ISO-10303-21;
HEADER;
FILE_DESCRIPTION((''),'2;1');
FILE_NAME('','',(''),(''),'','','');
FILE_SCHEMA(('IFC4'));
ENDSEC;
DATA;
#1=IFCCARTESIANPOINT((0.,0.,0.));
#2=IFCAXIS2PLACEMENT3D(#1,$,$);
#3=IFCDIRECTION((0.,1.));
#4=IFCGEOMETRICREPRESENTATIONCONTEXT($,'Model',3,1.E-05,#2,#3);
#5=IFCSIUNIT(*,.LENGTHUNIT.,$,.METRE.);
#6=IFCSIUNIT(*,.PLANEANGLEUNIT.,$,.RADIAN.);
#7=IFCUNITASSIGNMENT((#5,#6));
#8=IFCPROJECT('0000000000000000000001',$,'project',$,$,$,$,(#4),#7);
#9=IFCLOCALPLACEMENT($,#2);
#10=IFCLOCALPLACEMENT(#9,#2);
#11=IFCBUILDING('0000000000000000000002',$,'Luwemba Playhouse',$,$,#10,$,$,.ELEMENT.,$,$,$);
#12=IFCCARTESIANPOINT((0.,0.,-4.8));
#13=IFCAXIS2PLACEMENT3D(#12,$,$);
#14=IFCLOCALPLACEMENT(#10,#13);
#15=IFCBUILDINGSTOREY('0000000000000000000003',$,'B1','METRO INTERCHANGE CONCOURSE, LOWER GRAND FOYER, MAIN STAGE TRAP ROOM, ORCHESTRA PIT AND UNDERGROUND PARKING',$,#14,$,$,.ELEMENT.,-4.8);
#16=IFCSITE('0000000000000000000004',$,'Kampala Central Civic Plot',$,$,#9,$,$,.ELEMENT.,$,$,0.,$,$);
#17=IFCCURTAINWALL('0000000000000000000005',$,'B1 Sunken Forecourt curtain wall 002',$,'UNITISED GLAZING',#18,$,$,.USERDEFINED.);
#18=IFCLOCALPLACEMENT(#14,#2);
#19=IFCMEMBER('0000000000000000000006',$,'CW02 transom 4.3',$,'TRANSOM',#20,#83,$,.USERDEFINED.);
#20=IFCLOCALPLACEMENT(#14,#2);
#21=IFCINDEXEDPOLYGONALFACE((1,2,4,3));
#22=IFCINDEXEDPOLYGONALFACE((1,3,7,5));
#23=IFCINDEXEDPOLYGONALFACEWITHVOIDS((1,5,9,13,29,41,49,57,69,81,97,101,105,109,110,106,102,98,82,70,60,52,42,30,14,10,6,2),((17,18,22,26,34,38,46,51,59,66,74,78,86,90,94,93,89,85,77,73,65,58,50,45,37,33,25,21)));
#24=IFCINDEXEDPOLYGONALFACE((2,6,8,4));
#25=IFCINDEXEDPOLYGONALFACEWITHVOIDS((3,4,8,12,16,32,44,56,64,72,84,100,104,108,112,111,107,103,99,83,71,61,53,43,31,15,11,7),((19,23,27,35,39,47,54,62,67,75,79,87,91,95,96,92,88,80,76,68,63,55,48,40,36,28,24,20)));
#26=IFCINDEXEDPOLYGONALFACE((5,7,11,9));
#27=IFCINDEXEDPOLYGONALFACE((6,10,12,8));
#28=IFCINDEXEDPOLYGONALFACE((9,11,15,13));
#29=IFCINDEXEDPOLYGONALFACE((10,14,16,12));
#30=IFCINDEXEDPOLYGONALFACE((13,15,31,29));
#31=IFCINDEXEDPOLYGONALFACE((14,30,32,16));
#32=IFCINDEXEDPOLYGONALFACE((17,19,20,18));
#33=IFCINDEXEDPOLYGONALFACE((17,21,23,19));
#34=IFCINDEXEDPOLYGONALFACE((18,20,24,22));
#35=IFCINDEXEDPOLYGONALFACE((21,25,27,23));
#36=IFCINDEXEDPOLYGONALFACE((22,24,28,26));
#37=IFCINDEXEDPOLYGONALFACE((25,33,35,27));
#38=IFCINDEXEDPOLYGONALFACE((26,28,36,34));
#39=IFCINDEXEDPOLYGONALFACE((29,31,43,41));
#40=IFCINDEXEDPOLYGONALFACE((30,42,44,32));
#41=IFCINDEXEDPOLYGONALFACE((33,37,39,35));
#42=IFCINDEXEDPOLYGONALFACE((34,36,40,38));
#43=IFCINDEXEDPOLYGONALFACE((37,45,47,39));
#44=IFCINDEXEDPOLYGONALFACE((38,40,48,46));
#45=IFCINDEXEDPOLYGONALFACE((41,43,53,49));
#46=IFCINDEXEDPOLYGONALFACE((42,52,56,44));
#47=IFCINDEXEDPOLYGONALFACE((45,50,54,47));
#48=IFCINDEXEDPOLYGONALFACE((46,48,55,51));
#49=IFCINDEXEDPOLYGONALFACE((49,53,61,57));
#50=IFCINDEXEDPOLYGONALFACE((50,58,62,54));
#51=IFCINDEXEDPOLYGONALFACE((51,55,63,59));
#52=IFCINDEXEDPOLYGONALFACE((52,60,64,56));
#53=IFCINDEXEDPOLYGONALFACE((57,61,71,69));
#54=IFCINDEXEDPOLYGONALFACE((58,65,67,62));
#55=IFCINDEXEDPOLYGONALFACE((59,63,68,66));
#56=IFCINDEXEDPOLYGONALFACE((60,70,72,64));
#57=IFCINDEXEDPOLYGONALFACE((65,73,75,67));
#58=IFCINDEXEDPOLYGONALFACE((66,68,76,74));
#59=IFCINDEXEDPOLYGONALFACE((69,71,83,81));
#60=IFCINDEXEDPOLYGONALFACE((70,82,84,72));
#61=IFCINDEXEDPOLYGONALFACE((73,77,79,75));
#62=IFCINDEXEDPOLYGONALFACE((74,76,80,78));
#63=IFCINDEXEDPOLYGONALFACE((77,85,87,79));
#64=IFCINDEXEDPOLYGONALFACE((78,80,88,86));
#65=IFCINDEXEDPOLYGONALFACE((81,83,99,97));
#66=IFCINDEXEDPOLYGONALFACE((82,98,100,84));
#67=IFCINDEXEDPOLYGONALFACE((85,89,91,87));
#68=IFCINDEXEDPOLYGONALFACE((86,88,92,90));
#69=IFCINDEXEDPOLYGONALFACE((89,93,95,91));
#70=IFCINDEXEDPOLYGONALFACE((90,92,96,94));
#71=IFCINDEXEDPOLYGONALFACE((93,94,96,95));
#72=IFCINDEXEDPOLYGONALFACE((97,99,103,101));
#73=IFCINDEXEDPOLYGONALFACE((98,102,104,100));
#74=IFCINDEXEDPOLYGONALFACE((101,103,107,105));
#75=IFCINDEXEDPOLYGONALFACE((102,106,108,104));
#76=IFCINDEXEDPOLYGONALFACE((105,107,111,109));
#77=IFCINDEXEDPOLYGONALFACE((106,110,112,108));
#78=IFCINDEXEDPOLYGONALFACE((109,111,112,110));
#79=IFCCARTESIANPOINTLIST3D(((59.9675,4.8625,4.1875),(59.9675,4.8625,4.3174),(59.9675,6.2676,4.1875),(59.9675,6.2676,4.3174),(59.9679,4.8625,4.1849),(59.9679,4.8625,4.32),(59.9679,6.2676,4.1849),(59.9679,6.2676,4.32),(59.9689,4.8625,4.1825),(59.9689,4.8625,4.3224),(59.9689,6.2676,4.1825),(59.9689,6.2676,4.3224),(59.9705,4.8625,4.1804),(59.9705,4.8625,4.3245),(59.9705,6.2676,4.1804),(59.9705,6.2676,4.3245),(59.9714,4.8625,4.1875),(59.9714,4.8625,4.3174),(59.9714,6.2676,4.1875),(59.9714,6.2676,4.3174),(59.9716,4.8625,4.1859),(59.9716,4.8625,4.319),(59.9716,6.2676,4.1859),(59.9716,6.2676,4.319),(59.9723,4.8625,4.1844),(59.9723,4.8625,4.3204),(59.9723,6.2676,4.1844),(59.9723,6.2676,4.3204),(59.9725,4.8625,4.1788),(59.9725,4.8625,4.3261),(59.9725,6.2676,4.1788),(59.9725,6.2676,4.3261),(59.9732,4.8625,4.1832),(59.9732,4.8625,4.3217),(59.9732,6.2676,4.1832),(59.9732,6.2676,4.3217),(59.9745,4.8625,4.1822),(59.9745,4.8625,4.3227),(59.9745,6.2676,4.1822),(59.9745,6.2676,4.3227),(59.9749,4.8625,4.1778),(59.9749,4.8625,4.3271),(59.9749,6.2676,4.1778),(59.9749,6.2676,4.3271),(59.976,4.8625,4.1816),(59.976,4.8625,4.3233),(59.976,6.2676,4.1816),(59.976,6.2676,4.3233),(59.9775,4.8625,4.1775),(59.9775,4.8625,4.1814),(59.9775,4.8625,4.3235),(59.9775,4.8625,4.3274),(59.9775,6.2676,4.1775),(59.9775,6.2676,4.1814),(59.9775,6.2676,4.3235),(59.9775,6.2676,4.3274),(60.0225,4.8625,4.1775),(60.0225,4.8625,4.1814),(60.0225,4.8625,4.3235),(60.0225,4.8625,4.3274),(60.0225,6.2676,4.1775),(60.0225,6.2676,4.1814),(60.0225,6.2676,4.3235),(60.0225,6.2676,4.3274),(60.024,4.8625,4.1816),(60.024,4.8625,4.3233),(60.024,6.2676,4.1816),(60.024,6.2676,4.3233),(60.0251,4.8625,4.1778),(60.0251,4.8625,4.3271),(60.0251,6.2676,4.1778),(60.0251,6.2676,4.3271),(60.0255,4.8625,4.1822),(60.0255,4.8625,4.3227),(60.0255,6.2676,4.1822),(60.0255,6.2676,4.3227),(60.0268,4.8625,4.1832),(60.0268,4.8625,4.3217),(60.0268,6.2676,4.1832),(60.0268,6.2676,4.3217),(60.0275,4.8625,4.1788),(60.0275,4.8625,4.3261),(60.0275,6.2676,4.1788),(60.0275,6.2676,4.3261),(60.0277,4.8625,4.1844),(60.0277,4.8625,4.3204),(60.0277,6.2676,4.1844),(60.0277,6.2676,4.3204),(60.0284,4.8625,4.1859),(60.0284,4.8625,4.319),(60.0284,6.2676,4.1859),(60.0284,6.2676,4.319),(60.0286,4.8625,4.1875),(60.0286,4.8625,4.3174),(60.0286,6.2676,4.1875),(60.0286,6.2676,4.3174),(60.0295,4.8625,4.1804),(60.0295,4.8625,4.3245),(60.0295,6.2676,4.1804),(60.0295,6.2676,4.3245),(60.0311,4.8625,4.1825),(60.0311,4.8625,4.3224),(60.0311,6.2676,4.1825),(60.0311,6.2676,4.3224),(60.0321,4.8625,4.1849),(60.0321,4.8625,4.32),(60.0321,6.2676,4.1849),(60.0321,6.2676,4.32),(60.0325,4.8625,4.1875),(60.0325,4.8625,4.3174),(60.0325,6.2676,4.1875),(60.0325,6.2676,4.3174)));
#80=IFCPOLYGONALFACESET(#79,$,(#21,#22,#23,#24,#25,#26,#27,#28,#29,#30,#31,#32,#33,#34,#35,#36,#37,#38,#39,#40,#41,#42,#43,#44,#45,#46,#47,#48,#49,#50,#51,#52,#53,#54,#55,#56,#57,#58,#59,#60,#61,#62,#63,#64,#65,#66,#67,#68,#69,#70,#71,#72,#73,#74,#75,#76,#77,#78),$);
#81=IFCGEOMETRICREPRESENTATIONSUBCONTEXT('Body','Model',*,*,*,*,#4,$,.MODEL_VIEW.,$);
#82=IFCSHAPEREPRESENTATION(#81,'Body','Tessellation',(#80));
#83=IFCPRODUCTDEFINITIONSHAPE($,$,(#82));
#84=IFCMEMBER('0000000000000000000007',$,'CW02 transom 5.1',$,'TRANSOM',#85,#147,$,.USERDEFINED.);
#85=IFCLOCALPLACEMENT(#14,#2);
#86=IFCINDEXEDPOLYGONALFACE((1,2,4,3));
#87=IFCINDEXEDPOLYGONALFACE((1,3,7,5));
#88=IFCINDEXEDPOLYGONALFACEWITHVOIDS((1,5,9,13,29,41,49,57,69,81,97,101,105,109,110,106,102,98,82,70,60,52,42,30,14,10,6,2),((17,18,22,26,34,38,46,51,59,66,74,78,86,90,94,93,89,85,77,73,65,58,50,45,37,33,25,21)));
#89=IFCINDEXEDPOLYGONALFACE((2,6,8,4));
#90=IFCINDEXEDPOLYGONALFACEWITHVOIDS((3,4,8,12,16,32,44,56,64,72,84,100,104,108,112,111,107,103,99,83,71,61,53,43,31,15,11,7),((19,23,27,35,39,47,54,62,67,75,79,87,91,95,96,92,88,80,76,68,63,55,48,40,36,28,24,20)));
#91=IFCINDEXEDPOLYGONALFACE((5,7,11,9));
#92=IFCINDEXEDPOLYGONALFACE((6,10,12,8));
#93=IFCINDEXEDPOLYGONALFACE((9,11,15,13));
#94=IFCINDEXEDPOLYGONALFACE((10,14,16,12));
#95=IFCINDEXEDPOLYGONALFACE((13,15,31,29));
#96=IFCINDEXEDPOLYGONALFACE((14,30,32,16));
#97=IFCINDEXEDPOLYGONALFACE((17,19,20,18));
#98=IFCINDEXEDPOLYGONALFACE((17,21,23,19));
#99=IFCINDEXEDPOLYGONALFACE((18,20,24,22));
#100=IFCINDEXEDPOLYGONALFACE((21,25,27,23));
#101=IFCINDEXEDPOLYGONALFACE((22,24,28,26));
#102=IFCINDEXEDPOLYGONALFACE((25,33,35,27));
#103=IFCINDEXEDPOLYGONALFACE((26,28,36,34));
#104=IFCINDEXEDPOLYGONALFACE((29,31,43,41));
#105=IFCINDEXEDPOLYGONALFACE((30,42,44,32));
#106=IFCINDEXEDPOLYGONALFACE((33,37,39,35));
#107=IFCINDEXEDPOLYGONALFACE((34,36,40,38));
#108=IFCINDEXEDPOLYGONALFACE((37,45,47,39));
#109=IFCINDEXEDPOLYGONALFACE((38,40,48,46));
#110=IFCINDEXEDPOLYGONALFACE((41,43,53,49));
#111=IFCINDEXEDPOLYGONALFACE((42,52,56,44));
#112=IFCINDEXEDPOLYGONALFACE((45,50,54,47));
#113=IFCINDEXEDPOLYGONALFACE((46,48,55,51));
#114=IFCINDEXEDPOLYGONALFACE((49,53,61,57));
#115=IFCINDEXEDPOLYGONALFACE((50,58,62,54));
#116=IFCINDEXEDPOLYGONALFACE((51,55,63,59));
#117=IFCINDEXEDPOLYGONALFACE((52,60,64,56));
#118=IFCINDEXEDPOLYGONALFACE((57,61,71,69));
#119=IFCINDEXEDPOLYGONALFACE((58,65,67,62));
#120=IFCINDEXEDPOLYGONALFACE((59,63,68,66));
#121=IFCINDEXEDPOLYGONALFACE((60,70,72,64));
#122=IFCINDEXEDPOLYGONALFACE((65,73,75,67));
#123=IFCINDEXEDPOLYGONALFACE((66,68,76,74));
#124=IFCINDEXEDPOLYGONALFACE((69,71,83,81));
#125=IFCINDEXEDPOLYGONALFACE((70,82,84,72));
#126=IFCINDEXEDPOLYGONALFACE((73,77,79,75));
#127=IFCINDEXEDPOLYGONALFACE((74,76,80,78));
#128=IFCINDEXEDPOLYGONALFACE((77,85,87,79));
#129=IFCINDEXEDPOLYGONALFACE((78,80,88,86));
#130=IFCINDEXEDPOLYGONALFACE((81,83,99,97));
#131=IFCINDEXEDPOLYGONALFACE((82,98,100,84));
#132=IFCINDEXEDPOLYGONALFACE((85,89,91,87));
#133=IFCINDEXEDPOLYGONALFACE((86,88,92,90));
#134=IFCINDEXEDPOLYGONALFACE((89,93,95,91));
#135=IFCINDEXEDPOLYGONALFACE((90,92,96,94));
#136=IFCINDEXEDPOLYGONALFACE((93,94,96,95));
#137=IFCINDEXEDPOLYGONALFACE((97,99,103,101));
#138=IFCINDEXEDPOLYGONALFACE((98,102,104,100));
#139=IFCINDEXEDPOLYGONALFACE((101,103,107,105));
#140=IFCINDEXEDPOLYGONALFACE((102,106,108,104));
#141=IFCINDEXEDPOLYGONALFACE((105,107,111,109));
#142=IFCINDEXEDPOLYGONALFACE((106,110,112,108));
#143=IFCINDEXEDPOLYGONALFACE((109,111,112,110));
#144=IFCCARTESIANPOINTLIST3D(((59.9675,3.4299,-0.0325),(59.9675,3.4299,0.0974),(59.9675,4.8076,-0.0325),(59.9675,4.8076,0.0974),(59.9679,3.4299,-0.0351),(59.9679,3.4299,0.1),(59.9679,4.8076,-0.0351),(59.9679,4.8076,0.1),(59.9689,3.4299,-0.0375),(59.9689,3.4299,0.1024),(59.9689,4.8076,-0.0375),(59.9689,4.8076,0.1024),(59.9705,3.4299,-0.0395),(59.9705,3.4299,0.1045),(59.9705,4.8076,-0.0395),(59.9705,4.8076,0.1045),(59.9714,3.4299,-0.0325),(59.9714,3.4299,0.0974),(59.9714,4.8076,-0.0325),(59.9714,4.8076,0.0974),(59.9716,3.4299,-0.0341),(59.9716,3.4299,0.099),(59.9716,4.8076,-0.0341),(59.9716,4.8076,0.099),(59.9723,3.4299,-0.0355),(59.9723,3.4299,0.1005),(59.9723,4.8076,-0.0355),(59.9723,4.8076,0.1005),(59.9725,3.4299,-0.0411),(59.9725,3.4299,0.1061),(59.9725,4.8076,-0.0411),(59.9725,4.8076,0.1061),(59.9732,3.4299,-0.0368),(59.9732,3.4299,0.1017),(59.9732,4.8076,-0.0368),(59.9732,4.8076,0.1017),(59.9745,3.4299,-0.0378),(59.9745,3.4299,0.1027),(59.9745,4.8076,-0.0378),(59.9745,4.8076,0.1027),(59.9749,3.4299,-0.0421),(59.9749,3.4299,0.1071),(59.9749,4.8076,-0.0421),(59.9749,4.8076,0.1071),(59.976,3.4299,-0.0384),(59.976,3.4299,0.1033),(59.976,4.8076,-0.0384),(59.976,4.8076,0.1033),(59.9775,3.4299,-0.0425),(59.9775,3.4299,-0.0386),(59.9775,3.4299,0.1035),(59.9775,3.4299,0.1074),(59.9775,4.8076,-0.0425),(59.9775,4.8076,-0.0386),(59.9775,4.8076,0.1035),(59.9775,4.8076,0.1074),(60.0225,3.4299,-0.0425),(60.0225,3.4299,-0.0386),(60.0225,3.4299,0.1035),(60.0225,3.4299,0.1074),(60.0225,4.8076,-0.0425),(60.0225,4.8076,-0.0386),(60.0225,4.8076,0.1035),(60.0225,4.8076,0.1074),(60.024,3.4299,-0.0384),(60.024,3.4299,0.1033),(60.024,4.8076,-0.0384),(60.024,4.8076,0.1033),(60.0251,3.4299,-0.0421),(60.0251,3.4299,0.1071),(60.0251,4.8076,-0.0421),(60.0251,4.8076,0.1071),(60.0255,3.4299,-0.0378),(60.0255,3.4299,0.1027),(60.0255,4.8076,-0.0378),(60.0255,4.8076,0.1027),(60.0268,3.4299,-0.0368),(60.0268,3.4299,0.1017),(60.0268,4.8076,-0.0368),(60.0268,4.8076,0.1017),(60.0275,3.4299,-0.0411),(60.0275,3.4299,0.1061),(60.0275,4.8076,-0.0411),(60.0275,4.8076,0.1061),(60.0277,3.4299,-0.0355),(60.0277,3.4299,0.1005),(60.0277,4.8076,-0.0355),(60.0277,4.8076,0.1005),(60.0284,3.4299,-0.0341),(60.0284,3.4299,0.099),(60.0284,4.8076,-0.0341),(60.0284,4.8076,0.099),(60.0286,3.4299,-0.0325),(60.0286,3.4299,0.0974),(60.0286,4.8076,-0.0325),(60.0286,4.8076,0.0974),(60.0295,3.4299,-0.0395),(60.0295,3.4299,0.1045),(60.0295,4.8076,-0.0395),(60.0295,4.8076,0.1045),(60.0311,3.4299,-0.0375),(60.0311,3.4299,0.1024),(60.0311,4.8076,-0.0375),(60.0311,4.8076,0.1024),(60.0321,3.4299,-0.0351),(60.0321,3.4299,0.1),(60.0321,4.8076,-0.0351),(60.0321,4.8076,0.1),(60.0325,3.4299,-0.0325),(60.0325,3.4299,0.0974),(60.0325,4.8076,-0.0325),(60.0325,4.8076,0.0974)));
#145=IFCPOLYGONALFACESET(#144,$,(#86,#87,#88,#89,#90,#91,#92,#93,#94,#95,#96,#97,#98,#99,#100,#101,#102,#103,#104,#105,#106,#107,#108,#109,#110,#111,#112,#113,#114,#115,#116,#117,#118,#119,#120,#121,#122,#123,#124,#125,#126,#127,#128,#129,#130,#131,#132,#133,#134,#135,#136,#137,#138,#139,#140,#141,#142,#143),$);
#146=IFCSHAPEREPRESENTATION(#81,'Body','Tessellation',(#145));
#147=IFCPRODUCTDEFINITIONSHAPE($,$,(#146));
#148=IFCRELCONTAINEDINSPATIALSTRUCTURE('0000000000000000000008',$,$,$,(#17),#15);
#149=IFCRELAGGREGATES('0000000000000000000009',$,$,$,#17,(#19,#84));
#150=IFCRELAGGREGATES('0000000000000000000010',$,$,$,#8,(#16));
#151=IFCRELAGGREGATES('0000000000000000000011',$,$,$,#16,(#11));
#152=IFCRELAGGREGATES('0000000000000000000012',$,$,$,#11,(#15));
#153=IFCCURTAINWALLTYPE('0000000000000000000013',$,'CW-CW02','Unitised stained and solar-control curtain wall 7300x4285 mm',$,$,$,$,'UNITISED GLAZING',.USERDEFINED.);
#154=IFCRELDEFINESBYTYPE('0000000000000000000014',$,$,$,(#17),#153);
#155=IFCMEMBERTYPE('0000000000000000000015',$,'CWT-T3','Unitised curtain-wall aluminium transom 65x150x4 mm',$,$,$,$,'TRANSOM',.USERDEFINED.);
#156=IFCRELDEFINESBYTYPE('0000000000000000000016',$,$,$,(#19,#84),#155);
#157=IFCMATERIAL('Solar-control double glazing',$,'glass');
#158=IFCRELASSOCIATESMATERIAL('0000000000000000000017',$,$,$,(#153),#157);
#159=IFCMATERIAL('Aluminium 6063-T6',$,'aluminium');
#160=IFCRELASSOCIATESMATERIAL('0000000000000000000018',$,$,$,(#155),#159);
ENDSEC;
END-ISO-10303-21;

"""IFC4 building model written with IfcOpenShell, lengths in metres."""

from ifc_helpers import new_model, si_unit, direction, frame, origin, origin_2d, place, context, subcontext, project, spatial, hollow_rectangle, extrude, material, material_profile, profile_set, type_object, element, aggregate, save


model = new_model("IFC4")

# Units and contexts
model_context = context("Model", 3, precision=1e-05, world=origin(), true_north=direction((0.0, 1.0)))
body_context = subcontext(model_context, "Body", "Model", "MODEL_VIEW")
ifc_project = project(units=[si_unit("LENGTHUNIT", "METRE"), si_unit("PLANEANGLEUNIT", "RADIAN")], contexts=[model_context])

# Site, building, storey
site_placement = place(None, origin())
site = spatial("IfcSite", under=ifc_project, at=site_placement, Name="Kampala Central Civic Plot", CompositionType="ELEMENT", RefElevation=0.0)
building_placement = place(site_placement, origin())
building = spatial("IfcBuilding", under=site, at=building_placement, Name="Luwemba Playhouse", CompositionType="ELEMENT")
storey_placement = place(building_placement, frame((0.0, 0.0, -4.8)))
storey = spatial("IfcBuildingStorey", under=building, at=storey_placement, Name="B1", Description="METRO INTERCHANGE CONCOURSE, LOWER GRAND FOYER, MAIN STAGE TRAP ROOM, ORCHESTRA PIT AND UNDERGROUND PARKING", CompositionType="ELEMENT", Elevation=-4.8)

# Curtain wall, members
ifc_material_1 = material(Name="Solar-control double glazing", Category="glass")
curtain_wall_type = type_object("IfcCurtainWallType", Name="CW-CW02", Description="Unitised stained and solar-control curtain wall 7300x4285 mm", ElementType="UNITISED GLAZING", PredefinedType="USERDEFINED", material=ifc_material_1)
curtain_wall_placement = place(storey_placement, origin())
curtain_wall = element("IfcCurtainWall", 1, at=curtain_wall_placement, inside=storey, type_object=curtain_wall_type, Name="B1 Sunken Forecourt curtain wall 002", ObjectType="UNITISED GLAZING", PredefinedType="USERDEFINED")
ifc_material_2 = material(Name="Aluminium 6063-T6", Category="aluminium")
ifc_material_profile_1 = material_profile(ifc_material_2, hollow_rectangle(XDim=0.0649, YDim=0.1499, WallThickness=0.0039, InnerFilletRadius=0.0061, OuterFilletRadius=0.01, at=origin_2d()))
ifc_profile_set_1 = profile_set([ifc_material_profile_1], Name="Aluminium 6063-T6")
member_type_1 = type_object("IfcMemberType", Name="CWT-T3", Description="Unitised curtain-wall aluminium transom 65x150x4 mm", ElementType="TRANSOM", PredefinedType="USERDEFINED", material=ifc_profile_set_1)
member_1_placement = place(storey_placement, frame((60.0, 6.2676, 4.2524), z_axis=(0.0, -1.0, 0.0), x_axis=(1.0, 0.0, 0.0)))
member_1 = element("IfcMember", 2, at=member_1_placement, type_object=member_type_1, Name="CW02 transom 4.3", ObjectType="TRANSOM", PredefinedType="USERDEFINED", context=body_context, shape_type="SweptSolid", body=[
    extrude(hollow_rectangle(XDim=0.0649, YDim=0.1499, WallThickness=0.0039, InnerFilletRadius=0.0061, OuterFilletRadius=0.01, at=origin_2d()), origin(), (0.0, 0.0, 1.0), 1.405),
])
member_2_placement = place(storey_placement, frame((60.0, 4.8076, 0.0325), z_axis=(0.0, -1.0, 0.0), x_axis=(1.0, 0.0, 0.0)))
member_2 = element("IfcMember", 3, at=member_2_placement, type_object=member_type_1, Name="CW02 transom 5.1", ObjectType="TRANSOM", PredefinedType="USERDEFINED", context=body_context, shape_type="SweptSolid", body=[
    extrude(hollow_rectangle(XDim=0.0649, YDim=0.1499, WallThickness=0.0039, InnerFilletRadius=0.0061, OuterFilletRadius=0.01, at=origin_2d()), origin(), (0.0, 0.0, 1.0), 1.3777),
])
aggregate(curtain_wall, [member_1, member_2])

save(model, "model.ifc")
